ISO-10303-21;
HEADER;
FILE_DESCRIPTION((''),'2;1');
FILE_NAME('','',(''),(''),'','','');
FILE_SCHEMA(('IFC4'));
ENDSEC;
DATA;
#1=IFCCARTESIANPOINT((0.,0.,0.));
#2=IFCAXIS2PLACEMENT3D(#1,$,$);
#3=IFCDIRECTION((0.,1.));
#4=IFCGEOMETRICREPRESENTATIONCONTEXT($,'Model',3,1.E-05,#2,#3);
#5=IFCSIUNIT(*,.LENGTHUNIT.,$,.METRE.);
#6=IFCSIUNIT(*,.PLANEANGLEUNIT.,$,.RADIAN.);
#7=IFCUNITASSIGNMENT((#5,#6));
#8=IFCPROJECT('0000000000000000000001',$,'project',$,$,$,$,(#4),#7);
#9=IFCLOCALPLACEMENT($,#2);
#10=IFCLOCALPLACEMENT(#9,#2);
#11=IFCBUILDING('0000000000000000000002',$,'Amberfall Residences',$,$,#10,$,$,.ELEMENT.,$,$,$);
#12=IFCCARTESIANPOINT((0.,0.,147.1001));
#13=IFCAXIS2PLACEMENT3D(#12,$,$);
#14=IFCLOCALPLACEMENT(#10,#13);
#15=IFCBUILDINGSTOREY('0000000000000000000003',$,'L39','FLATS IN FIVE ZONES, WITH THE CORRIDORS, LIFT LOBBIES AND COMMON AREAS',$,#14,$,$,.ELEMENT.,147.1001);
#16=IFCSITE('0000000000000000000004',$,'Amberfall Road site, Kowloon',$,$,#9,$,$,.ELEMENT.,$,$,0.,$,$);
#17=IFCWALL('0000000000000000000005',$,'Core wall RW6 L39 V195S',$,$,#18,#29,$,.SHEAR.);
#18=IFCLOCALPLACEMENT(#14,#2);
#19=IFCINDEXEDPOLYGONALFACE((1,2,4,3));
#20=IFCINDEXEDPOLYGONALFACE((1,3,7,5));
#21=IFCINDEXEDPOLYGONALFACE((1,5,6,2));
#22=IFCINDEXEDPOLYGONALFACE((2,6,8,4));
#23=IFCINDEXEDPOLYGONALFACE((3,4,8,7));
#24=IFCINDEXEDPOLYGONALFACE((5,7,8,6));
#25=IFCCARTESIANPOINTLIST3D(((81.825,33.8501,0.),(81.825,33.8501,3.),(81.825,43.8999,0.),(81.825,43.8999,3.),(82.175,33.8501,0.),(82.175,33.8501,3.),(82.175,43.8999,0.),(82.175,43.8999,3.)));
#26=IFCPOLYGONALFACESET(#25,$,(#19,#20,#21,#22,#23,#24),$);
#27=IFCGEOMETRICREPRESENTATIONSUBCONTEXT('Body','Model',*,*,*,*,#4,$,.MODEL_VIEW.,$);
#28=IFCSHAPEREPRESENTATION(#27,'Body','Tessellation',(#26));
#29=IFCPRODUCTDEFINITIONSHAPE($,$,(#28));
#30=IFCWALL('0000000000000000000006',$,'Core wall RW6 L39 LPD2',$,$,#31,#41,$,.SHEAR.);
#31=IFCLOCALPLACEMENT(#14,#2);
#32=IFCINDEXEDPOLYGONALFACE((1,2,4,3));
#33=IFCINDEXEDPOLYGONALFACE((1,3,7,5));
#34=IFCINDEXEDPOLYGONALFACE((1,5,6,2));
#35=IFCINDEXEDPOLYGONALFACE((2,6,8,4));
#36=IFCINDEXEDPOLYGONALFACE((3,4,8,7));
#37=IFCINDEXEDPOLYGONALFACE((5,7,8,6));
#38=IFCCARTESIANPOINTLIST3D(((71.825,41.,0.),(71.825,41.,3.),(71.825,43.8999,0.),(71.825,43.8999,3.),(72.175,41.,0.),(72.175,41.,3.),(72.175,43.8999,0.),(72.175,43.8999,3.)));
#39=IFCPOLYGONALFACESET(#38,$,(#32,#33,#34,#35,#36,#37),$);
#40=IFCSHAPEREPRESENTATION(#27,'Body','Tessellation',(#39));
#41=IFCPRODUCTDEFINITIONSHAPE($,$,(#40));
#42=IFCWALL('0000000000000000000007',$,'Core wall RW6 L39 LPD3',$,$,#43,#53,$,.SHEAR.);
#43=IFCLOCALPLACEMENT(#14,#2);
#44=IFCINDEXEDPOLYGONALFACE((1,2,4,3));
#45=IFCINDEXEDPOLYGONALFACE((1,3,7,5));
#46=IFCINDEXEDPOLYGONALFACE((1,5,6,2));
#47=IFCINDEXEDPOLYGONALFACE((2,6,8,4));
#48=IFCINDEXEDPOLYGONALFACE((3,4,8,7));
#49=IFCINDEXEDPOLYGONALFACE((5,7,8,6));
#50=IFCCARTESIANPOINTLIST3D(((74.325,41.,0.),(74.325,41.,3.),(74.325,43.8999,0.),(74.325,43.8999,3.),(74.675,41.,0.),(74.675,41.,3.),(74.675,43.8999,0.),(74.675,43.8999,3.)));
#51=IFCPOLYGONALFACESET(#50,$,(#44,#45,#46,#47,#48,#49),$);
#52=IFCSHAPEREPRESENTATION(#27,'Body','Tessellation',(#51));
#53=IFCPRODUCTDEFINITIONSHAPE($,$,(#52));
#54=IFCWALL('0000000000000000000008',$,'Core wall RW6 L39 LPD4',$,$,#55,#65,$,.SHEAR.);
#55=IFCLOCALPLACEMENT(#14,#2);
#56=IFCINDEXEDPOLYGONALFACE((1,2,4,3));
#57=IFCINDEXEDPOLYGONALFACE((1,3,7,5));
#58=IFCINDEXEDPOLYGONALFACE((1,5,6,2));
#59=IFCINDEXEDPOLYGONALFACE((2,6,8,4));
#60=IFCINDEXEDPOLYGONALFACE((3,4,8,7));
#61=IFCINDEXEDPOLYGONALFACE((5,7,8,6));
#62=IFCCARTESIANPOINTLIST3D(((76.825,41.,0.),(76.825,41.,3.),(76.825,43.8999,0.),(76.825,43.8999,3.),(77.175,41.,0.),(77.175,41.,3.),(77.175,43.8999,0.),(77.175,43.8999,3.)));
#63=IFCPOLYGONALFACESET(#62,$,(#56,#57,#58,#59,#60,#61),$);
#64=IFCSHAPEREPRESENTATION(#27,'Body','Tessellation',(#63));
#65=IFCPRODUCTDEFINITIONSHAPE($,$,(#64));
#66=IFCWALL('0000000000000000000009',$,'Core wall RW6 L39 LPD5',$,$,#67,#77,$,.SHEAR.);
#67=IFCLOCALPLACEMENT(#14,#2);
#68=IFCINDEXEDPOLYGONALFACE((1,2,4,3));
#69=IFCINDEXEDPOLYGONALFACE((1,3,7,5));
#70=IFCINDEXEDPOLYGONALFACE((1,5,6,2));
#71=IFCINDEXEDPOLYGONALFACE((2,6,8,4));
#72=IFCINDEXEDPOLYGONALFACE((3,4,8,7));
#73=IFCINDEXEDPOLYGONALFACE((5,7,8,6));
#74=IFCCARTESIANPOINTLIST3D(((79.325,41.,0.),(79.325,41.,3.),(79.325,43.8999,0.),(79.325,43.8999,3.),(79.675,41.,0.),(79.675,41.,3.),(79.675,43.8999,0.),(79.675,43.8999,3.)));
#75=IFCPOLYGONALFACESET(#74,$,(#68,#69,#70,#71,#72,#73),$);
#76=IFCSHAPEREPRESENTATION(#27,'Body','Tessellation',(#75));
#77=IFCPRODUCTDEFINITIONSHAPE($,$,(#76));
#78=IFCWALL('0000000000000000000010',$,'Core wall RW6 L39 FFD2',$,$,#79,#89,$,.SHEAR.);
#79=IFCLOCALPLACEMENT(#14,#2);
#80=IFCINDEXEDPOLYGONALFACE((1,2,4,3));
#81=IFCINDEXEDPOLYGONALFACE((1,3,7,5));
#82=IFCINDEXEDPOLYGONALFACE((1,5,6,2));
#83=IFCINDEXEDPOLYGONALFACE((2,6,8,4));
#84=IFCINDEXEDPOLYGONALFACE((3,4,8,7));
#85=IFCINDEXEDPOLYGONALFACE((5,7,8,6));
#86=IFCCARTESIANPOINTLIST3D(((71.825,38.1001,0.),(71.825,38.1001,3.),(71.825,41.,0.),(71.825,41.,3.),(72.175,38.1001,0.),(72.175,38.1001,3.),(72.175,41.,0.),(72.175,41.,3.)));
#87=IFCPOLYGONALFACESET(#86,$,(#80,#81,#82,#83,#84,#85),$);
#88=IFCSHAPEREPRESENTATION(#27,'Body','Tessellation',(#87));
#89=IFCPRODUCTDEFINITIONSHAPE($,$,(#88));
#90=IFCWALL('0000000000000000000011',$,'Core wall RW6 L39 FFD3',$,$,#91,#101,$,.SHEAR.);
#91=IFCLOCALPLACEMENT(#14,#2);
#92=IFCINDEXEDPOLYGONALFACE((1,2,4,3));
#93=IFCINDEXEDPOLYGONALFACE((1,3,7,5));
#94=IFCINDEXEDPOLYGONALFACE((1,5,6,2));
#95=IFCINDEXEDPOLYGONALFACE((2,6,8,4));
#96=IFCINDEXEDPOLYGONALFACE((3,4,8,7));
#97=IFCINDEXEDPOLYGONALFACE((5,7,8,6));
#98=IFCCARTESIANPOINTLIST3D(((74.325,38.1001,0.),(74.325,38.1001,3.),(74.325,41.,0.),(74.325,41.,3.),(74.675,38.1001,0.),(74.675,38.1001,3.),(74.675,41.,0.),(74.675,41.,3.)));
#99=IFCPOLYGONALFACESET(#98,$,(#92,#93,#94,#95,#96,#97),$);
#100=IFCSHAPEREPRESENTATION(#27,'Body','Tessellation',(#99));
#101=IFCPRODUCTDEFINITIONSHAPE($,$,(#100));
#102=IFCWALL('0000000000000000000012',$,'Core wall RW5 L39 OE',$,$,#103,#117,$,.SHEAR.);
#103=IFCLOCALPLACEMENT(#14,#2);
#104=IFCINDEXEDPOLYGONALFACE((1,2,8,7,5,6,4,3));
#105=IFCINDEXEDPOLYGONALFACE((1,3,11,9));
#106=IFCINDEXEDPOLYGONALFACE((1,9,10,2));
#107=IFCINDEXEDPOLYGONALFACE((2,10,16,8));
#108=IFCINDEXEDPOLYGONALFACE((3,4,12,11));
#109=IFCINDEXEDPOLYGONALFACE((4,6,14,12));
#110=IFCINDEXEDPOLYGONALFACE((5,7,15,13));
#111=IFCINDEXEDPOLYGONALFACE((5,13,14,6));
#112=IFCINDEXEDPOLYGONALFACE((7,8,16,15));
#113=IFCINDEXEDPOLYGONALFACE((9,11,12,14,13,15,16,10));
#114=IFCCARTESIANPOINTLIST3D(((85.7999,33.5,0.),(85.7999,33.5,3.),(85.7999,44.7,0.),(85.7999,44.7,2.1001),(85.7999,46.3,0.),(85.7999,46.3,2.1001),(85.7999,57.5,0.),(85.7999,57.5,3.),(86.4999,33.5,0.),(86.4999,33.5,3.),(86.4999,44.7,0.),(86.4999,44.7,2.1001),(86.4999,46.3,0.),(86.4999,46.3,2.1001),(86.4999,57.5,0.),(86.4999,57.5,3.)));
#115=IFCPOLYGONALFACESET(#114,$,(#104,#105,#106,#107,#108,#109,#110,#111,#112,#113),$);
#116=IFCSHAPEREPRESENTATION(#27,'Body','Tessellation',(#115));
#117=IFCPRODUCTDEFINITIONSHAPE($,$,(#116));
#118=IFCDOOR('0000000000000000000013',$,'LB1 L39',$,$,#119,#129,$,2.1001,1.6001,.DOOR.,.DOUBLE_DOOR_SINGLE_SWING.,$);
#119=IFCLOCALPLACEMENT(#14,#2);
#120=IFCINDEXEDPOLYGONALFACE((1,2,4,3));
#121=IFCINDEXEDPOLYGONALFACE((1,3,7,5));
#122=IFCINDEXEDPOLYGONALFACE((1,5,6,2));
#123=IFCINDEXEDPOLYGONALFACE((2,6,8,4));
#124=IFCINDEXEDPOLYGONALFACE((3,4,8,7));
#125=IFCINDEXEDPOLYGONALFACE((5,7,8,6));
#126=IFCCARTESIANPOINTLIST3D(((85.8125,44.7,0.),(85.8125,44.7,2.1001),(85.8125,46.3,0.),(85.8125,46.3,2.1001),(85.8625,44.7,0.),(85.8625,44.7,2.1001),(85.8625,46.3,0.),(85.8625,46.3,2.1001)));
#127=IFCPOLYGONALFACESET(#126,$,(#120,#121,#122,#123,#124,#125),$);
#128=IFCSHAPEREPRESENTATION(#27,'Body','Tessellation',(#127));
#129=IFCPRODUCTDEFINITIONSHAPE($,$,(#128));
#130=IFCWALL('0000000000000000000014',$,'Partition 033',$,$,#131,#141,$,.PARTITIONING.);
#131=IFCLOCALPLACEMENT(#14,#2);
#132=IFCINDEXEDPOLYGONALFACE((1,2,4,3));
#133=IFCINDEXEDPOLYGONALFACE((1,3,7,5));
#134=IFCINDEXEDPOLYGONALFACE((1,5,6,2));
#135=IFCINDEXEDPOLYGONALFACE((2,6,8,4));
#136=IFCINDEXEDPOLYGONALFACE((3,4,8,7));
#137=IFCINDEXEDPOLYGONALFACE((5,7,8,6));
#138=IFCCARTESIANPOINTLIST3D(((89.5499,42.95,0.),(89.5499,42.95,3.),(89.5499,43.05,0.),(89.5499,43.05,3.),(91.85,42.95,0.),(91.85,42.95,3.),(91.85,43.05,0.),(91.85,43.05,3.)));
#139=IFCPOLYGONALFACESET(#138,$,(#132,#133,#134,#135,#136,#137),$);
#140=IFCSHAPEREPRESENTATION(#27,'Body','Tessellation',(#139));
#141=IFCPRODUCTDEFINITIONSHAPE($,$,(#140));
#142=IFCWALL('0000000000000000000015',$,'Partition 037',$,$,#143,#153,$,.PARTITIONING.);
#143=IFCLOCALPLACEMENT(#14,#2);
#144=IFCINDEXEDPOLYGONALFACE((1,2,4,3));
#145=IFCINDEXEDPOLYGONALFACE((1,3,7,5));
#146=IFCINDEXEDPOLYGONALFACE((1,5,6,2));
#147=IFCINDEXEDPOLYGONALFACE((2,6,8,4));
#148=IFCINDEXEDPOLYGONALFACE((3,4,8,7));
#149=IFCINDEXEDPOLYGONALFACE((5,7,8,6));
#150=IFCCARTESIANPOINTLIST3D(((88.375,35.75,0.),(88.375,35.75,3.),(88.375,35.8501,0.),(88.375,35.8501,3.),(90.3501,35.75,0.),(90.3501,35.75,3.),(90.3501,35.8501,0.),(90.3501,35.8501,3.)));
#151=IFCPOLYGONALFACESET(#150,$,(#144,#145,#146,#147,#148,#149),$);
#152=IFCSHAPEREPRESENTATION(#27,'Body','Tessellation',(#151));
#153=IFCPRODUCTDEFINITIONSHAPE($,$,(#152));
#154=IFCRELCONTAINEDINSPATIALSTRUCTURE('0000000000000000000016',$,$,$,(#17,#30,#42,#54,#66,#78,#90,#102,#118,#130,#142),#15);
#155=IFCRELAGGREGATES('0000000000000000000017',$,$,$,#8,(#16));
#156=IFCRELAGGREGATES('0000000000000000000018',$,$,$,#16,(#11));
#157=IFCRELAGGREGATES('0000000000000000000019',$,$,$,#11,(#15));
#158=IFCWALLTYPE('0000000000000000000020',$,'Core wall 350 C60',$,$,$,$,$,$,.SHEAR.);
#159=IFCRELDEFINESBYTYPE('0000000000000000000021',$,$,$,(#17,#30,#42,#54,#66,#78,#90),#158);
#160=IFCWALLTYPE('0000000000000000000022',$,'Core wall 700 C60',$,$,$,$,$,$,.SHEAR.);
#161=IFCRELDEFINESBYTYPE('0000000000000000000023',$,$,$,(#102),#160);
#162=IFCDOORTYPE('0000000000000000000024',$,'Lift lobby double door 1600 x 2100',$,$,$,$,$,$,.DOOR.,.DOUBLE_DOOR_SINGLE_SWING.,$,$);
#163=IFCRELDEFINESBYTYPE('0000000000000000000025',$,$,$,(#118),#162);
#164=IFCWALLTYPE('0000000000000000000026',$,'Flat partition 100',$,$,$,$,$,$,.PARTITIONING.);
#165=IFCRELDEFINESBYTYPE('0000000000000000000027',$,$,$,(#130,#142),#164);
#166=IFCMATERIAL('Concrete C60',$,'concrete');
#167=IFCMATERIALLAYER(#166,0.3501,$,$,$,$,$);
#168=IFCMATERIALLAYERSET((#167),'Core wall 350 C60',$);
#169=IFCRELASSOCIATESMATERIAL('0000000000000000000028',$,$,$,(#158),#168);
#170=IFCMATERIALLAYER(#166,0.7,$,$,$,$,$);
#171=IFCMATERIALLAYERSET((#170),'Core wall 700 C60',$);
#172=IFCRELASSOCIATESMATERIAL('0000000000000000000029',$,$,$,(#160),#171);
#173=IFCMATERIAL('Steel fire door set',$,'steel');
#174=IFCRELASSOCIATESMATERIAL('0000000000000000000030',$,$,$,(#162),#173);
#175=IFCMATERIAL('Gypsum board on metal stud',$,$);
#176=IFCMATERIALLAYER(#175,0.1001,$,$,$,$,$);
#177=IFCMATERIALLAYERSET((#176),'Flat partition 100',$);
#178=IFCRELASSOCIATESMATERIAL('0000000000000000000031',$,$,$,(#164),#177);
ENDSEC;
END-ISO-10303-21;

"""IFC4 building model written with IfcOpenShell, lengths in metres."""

from ifc_helpers import new_model, si_unit, direction, frame, frame_2d, origin, place, context, subcontext, project, spatial, rectangle, extrude, material, layer, layer_set, type_object, element, fill, save


model = new_model("IFC4")

# Units and contexts
model_context = context("Model", 3, precision=1e-05, world=origin(), true_north=direction((0.0, 1.0)))
body_context = subcontext(model_context, "Body", "Model", "MODEL_VIEW")
ifc_project = project(units=[si_unit("LENGTHUNIT", "METRE"), si_unit("PLANEANGLEUNIT", "RADIAN")], contexts=[model_context])

# Site, building, storey
site_placement = place(None, origin())
site = spatial("IfcSite", under=ifc_project, at=site_placement, Name="Amberfall Road site, Kowloon", CompositionType="ELEMENT", RefElevation=0.0)
building_placement = place(site_placement, origin())
building = spatial("IfcBuilding", under=site, at=building_placement, Name="Amberfall Residences", CompositionType="ELEMENT")
storey_placement = place(building_placement, frame((0.0, 0.0, 147.1001)))
storey = spatial("IfcBuildingStorey", under=building, at=storey_placement, Name="L39", Description="FLATS IN FIVE ZONES, WITH THE CORRIDORS, LIFT LOBBIES AND COMMON AREAS", CompositionType="ELEMENT", Elevation=147.1001)

# Walls
ifc_material_1 = material(Name="Concrete C60", Category="concrete")
ifc_layer_1 = layer(ifc_material_1, 0.3501)
ifc_layer_set_1 = layer_set([ifc_layer_1], Name="Core wall 350 C60")
wall_type_1 = type_object("IfcWallType", Name="Core wall 350 C60", PredefinedType="SHEAR", material=ifc_layer_set_1)
wall_1_placement = place(storey_placement, frame((82.0, 33.8501, 0.0), z_axis=(0.0, 0.0, 1.0), x_axis=(0.0, 1.0, 0.0)))
element("IfcWall", 1, at=wall_1_placement, inside=storey, type_object=wall_type_1, Name="Core wall RW6 L39 V195S", PredefinedType="SHEAR", context=body_context, shape_type="SweptSolid", body=[
    extrude(rectangle(XDim=10.0498, YDim=0.3501, at=frame_2d((5.0249, 0.0))), origin(), (0.0, 0.0, 1.0), 3.0),
])
for number, where, z_axis, x_axis, name in (
    (2, (72.0, 41.0, 0.0), (0.0, 0.0, 1.0), (0.0, 1.0, 0.0), "Core wall RW6 L39 LPD2"),
    (3, (74.5, 41.0, 0.0), (0.0, 0.0, 1.0), (0.0, 1.0, 0.0), "Core wall RW6 L39 LPD3"),
    (4, (77.0, 41.0, 0.0), (0.0, 0.0, 1.0), (0.0, 1.0, 0.0), "Core wall RW6 L39 LPD4"),
    (5, (79.5, 41.0, 0.0), (0.0, 0.0, 1.0), (0.0, 1.0, 0.0), "Core wall RW6 L39 LPD5"),
    (6, (72.0, 38.1001, 0.0), (0.0, 0.0, 1.0), (0.0, 1.0, 0.0), "Core wall RW6 L39 FFD2"),
    (7, (74.5, 38.1001, 0.0), (0.0, 0.0, 1.0), (0.0, 1.0, 0.0), "Core wall RW6 L39 FFD3"),
):
    element("IfcWall", number, at=place(storey_placement, frame(where, z_axis=z_axis, x_axis=x_axis)), inside=storey, type_object=wall_type_1, Name=name, PredefinedType="SHEAR", context=body_context, shape_type="SweptSolid", body=[
        extrude(rectangle(XDim=2.8999, YDim=0.3501, at=frame_2d((1.45, 0.0))), origin(), (0.0, 0.0, 1.0), 3.0),
    ])

# Wall, opening, door
ifc_layer_2 = layer(ifc_material_1, 0.7)
ifc_layer_set_2 = layer_set([ifc_layer_2], Name="Core wall 700 C60")
wall_type_2 = type_object("IfcWallType", Name="Core wall 700 C60", PredefinedType="SHEAR", material=ifc_layer_set_2)
wall_2_placement = place(storey_placement, frame((86.1499, 33.5, 0.0), z_axis=(0.0, 0.0, 1.0), x_axis=(0.0, 1.0, 0.0)))
wall_2 = element("IfcWall", 8, at=wall_2_placement, inside=storey, type_object=wall_type_2, Name="Core wall RW5 L39 OE", PredefinedType="SHEAR", context=body_context, shape_type="SweptSolid", body=[
    extrude(rectangle(XDim=24.0, YDim=0.7, at=frame_2d((12.0, 0.0))), origin(), (0.0, 0.0, 1.0), 3.0),
])
opening_1_placement = place(wall_2_placement, frame((11.2, 0.0, 0.0)))
opening_1 = element("IfcOpeningElement", 9, at=opening_1_placement, cuts=wall_2, PredefinedType="OPENING", context=body_context, shape_type="SweptSolid", body=[
    extrude(rectangle(XDim=1.6001, YDim=2.1001, at=frame_2d((0.8, 1.05))), frame((0.0, 0.3599, 0.0), z_axis=(0.0, -1.0, 0.0), x_axis=(1.0, 0.0, 0.0)), (0.0, 0.0, 1.0), 0.72),
])
ifc_material_2 = material(Name="Steel fire door set", Category="steel")
door_type_1 = type_object("IfcDoorType", Name="Lift lobby double door 1600 x 2100", OperationType="DOUBLE_DOOR_SINGLE_SWING", PredefinedType="DOOR", material=ifc_material_2)
door_1_placement = place(opening_1_placement, origin())
door_1 = element("IfcDoor", 10, at=door_1_placement, inside=storey, type_object=door_type_1, Name="LB1 L39", OperationType="DOUBLE_DOOR_SINGLE_SWING", OverallHeight=2.1001, OverallWidth=1.6001, PredefinedType="DOOR", context=body_context, shape_type="SweptSolid", body=[
    extrude(rectangle(XDim=1.6001, YDim=2.1001, at=frame_2d((0.8, 1.05))), frame((0.0, 0.3374, 0.0), z_axis=(0.0, -1.0, 0.0), x_axis=(1.0, 0.0, 0.0)), (0.0, 0.0, 1.0), 0.05),
])
fill(opening_1, door_1)

# Walls
ifc_material_3 = material(Name="Gypsum board on metal stud")
ifc_layer_3 = layer(ifc_material_3, 0.1001)
ifc_layer_set_3 = layer_set([ifc_layer_3], Name="Flat partition 100")
wall_type_3 = type_object("IfcWallType", Name="Flat partition 100", PredefinedType="PARTITIONING", material=ifc_layer_set_3)
wall_3_placement = place(storey_placement, frame((89.55, 43.0, 0.0), z_axis=(0.0, 0.0, 1.0), x_axis=(1.0, 0.0, 0.0)))
element("IfcWall", 11, at=wall_3_placement, inside=storey, type_object=wall_type_3, Name="Partition 033", PredefinedType="PARTITIONING", context=body_context, shape_type="SweptSolid", body=[
    extrude(rectangle(XDim=2.3, YDim=0.1001, at=frame_2d((1.1499, 0.0))), origin(), (0.0, 0.0, 1.0), 3.0),
])
wall_4_placement = place(storey_placement, frame((88.375, 35.8, 0.0), z_axis=(0.0, 0.0, 1.0), x_axis=(1.0, 0.0, 0.0)))
element("IfcWall", 12, at=wall_4_placement, inside=storey, type_object=wall_type_3, Name="Partition 037", PredefinedType="PARTITIONING", context=body_context, shape_type="SweptSolid", body=[
    extrude(rectangle(XDim=1.9751, YDim=0.1001, at=frame_2d((0.9875, 0.0))), origin(), (0.0, 0.0, 1.0), 3.0),
])

save(model, "model.ifc")
